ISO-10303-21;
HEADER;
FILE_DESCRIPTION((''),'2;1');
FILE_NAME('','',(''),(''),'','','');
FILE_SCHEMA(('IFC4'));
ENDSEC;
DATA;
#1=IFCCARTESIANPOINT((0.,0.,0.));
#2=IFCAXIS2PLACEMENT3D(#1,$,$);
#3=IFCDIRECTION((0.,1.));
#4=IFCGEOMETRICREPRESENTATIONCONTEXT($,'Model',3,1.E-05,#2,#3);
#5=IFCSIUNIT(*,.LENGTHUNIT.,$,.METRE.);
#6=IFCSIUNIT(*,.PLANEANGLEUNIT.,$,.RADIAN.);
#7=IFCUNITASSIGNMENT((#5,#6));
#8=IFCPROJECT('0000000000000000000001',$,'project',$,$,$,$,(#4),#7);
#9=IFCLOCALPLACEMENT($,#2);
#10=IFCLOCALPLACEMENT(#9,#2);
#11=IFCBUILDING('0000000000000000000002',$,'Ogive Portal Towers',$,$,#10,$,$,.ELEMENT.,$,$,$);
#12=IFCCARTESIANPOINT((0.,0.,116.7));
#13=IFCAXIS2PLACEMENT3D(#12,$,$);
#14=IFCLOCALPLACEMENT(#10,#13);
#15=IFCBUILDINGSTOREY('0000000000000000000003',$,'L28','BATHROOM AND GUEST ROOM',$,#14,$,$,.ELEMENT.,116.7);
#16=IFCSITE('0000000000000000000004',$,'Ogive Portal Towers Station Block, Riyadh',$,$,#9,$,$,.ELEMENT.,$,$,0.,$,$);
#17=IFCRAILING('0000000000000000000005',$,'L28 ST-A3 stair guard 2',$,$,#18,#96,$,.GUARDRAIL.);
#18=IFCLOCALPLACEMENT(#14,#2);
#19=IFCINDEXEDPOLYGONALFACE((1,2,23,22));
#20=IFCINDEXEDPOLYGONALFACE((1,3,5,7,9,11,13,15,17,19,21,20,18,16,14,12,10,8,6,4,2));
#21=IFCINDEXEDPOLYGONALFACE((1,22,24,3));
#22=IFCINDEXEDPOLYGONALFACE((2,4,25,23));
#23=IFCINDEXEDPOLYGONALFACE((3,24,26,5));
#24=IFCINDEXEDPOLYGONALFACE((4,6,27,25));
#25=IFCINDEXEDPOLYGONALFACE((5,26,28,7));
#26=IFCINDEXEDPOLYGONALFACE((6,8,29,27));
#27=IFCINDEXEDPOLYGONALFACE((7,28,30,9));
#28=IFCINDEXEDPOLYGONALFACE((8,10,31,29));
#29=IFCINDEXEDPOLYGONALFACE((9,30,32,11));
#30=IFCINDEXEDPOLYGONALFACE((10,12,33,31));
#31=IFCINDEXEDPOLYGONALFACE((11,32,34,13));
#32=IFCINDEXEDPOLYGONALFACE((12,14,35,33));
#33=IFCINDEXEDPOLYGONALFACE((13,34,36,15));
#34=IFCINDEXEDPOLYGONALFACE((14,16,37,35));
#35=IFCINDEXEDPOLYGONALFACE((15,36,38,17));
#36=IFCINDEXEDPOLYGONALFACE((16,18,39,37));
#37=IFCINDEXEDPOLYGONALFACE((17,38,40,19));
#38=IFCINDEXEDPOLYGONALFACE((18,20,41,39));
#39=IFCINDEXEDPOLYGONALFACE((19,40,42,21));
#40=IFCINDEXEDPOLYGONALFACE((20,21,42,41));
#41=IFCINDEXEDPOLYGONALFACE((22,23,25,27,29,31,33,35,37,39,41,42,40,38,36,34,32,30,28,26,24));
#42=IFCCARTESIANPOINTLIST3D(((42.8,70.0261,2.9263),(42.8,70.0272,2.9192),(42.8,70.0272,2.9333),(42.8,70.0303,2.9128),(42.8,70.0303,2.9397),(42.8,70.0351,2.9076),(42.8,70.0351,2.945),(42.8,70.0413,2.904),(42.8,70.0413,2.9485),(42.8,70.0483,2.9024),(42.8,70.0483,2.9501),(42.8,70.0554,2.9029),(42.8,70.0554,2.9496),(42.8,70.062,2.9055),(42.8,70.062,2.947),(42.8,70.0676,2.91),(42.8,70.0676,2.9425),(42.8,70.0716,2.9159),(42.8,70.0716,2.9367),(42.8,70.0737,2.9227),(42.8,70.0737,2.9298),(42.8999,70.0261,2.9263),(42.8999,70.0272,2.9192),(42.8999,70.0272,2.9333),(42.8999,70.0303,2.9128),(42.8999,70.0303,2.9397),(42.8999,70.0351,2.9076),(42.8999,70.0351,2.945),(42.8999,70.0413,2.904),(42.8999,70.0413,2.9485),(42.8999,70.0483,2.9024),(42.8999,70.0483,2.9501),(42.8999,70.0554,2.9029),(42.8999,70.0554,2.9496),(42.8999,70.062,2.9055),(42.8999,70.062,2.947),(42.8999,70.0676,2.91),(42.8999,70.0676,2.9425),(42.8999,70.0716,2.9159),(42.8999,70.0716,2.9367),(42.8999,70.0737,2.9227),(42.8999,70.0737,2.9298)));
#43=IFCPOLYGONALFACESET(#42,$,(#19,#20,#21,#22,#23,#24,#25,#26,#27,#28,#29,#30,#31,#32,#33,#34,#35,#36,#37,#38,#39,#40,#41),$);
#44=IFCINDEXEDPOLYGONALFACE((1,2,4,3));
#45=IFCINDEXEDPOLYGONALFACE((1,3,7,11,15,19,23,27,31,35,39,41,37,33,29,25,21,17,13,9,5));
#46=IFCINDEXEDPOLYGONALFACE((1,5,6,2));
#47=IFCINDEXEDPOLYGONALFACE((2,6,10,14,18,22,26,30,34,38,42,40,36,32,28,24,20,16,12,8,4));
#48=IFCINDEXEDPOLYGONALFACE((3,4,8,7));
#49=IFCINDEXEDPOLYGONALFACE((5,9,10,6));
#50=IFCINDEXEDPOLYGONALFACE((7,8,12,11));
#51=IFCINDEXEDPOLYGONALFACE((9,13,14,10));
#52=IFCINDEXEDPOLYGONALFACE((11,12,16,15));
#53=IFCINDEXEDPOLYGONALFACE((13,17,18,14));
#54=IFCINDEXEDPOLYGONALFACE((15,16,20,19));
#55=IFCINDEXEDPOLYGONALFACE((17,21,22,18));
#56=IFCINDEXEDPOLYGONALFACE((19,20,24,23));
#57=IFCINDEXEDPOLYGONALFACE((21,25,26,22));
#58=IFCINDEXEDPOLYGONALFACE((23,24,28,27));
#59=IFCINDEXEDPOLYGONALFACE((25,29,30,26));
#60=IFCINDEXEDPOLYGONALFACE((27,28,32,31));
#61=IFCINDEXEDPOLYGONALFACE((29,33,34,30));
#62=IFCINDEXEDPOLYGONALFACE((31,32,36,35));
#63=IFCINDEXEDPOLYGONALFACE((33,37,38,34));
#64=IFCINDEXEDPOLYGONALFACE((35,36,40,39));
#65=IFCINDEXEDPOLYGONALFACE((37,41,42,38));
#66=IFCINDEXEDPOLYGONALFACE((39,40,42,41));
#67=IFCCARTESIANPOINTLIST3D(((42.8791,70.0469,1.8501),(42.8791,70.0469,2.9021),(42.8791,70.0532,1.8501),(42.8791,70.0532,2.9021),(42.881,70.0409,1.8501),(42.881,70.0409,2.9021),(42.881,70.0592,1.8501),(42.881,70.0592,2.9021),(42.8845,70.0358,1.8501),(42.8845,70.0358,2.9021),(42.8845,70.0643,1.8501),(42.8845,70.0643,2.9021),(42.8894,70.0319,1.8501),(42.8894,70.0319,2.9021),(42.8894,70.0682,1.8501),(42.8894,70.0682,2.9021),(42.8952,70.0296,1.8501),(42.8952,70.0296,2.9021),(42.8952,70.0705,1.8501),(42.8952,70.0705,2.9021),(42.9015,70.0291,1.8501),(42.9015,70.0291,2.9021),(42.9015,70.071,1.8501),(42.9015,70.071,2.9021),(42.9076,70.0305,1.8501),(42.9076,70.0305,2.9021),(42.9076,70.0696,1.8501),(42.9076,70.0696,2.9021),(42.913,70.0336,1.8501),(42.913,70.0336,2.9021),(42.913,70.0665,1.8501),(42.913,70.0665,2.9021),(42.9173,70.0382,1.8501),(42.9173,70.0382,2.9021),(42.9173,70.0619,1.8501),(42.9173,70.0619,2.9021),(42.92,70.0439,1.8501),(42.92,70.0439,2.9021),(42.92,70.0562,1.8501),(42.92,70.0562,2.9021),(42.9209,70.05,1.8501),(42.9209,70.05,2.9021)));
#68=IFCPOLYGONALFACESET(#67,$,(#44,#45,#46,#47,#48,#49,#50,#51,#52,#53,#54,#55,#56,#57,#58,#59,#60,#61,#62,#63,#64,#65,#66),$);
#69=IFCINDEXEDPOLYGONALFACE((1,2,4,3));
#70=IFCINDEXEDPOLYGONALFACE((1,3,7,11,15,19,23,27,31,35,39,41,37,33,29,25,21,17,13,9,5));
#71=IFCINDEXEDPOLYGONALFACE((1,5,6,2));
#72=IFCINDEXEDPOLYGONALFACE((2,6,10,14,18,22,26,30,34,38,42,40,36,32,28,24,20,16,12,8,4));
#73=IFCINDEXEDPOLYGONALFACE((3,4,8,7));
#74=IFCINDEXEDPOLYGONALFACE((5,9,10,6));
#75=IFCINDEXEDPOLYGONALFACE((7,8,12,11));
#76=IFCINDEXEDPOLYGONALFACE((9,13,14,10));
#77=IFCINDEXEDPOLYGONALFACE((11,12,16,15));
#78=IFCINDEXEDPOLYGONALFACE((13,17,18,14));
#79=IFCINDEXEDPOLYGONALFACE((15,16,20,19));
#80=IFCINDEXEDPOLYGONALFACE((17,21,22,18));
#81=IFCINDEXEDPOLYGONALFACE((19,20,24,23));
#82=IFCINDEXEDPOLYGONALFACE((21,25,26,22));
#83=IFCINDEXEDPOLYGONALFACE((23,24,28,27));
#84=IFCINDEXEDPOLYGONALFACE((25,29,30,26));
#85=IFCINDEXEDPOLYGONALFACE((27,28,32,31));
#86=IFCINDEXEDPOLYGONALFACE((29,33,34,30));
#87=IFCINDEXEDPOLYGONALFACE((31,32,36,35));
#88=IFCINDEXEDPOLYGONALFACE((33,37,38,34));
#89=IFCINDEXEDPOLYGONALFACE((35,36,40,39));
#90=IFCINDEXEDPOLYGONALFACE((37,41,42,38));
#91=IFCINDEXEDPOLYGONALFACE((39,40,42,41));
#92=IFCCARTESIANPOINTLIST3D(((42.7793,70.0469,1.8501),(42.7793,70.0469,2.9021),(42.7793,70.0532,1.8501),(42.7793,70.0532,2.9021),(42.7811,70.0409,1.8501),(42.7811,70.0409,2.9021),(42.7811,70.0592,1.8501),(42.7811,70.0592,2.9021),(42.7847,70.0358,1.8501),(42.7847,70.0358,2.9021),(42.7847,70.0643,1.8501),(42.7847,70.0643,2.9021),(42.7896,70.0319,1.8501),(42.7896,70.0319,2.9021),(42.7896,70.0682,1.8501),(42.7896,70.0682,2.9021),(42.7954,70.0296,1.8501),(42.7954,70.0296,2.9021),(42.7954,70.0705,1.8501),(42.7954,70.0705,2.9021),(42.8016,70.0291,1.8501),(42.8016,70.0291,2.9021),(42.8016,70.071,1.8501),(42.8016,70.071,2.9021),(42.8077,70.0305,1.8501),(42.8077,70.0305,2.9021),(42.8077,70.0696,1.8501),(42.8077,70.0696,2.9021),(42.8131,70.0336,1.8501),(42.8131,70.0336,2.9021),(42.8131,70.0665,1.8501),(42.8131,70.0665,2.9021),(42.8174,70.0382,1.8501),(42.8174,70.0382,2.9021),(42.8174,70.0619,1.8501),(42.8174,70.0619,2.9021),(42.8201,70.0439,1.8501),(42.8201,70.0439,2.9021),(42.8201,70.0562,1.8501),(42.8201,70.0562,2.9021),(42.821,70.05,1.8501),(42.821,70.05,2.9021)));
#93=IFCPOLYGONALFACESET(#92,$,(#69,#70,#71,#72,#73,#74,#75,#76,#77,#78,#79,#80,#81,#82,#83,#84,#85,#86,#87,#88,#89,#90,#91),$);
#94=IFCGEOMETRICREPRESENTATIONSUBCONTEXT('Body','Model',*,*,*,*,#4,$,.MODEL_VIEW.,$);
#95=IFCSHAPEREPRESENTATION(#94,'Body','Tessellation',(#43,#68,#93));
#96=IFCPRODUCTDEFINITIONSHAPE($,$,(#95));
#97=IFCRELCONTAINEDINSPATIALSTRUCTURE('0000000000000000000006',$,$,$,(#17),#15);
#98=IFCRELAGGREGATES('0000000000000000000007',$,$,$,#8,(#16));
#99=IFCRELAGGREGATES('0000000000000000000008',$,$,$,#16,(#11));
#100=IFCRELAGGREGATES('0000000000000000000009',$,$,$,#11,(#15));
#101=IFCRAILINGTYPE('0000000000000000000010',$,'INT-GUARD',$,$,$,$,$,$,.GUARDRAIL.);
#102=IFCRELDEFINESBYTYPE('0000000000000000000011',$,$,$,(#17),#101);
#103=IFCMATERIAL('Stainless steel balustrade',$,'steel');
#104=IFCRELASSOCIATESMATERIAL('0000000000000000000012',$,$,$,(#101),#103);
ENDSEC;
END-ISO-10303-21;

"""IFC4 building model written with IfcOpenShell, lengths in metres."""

from ifc_helpers import new_model, si_unit, direction, frame, origin, origin_2d, place, context, subcontext, project, spatial, circle, extrude, material, type_object, element, save


model = new_model("IFC4")

# Units and contexts
model_context = context("Model", 3, precision=1e-05, world=origin(), true_north=direction((0.0, 1.0)))
body_context = subcontext(model_context, "Body", "Model", "MODEL_VIEW")
ifc_project = project(units=[si_unit("LENGTHUNIT", "METRE"), si_unit("PLANEANGLEUNIT", "RADIAN")], contexts=[model_context])

# Site, building, storey
site_placement = place(None, origin())
site = spatial("IfcSite", under=ifc_project, at=site_placement, Name="Ogive Portal Towers Station Block, Riyadh", CompositionType="ELEMENT", RefElevation=0.0)
building_placement = place(site_placement, origin())
building = spatial("IfcBuilding", under=site, at=building_placement, Name="Ogive Portal Towers", CompositionType="ELEMENT")
storey_placement = place(building_placement, frame((0.0, 0.0, 116.7)))
storey = spatial("IfcBuildingStorey", under=building, at=storey_placement, Name="L28", Description="BATHROOM AND GUEST ROOM", CompositionType="ELEMENT", Elevation=116.7)

# Railing
ifc_material_1 = material(Name="Stainless steel balustrade", Category="steel")
railing_type_1 = type_object("IfcRailingType", Name="INT-GUARD", PredefinedType="GUARDRAIL", material=ifc_material_1)
railing_1_placement = place(storey_placement, frame((42.8999, 70.05, 1.8501)))
element("IfcRailing", 1, at=railing_1_placement, inside=storey, type_object=railing_type_1, Name="L28 ST-A3 stair guard 2", PredefinedType="GUARDRAIL", context=body_context, shape_type="SweptSolid", body=[
    extrude(circle(Radius=0.0239, at=origin_2d()), frame((0.0, 0.0, 1.0762), z_axis=(-1.0, 0.0, 0.0), x_axis=(0.0, -1.0, 0.0)), (0.0, 0.0, 1.0), 0.0999),
    extrude(circle(Radius=0.021, at=origin_2d()), origin(), (0.0, 0.0, 1.0), 1.052),
    extrude(circle(Radius=0.021, at=origin_2d()), frame((-0.0999, 0.0, 0.0)), (0.0, 0.0, 1.0), 1.052),
])

save(model, "model.ifc")
